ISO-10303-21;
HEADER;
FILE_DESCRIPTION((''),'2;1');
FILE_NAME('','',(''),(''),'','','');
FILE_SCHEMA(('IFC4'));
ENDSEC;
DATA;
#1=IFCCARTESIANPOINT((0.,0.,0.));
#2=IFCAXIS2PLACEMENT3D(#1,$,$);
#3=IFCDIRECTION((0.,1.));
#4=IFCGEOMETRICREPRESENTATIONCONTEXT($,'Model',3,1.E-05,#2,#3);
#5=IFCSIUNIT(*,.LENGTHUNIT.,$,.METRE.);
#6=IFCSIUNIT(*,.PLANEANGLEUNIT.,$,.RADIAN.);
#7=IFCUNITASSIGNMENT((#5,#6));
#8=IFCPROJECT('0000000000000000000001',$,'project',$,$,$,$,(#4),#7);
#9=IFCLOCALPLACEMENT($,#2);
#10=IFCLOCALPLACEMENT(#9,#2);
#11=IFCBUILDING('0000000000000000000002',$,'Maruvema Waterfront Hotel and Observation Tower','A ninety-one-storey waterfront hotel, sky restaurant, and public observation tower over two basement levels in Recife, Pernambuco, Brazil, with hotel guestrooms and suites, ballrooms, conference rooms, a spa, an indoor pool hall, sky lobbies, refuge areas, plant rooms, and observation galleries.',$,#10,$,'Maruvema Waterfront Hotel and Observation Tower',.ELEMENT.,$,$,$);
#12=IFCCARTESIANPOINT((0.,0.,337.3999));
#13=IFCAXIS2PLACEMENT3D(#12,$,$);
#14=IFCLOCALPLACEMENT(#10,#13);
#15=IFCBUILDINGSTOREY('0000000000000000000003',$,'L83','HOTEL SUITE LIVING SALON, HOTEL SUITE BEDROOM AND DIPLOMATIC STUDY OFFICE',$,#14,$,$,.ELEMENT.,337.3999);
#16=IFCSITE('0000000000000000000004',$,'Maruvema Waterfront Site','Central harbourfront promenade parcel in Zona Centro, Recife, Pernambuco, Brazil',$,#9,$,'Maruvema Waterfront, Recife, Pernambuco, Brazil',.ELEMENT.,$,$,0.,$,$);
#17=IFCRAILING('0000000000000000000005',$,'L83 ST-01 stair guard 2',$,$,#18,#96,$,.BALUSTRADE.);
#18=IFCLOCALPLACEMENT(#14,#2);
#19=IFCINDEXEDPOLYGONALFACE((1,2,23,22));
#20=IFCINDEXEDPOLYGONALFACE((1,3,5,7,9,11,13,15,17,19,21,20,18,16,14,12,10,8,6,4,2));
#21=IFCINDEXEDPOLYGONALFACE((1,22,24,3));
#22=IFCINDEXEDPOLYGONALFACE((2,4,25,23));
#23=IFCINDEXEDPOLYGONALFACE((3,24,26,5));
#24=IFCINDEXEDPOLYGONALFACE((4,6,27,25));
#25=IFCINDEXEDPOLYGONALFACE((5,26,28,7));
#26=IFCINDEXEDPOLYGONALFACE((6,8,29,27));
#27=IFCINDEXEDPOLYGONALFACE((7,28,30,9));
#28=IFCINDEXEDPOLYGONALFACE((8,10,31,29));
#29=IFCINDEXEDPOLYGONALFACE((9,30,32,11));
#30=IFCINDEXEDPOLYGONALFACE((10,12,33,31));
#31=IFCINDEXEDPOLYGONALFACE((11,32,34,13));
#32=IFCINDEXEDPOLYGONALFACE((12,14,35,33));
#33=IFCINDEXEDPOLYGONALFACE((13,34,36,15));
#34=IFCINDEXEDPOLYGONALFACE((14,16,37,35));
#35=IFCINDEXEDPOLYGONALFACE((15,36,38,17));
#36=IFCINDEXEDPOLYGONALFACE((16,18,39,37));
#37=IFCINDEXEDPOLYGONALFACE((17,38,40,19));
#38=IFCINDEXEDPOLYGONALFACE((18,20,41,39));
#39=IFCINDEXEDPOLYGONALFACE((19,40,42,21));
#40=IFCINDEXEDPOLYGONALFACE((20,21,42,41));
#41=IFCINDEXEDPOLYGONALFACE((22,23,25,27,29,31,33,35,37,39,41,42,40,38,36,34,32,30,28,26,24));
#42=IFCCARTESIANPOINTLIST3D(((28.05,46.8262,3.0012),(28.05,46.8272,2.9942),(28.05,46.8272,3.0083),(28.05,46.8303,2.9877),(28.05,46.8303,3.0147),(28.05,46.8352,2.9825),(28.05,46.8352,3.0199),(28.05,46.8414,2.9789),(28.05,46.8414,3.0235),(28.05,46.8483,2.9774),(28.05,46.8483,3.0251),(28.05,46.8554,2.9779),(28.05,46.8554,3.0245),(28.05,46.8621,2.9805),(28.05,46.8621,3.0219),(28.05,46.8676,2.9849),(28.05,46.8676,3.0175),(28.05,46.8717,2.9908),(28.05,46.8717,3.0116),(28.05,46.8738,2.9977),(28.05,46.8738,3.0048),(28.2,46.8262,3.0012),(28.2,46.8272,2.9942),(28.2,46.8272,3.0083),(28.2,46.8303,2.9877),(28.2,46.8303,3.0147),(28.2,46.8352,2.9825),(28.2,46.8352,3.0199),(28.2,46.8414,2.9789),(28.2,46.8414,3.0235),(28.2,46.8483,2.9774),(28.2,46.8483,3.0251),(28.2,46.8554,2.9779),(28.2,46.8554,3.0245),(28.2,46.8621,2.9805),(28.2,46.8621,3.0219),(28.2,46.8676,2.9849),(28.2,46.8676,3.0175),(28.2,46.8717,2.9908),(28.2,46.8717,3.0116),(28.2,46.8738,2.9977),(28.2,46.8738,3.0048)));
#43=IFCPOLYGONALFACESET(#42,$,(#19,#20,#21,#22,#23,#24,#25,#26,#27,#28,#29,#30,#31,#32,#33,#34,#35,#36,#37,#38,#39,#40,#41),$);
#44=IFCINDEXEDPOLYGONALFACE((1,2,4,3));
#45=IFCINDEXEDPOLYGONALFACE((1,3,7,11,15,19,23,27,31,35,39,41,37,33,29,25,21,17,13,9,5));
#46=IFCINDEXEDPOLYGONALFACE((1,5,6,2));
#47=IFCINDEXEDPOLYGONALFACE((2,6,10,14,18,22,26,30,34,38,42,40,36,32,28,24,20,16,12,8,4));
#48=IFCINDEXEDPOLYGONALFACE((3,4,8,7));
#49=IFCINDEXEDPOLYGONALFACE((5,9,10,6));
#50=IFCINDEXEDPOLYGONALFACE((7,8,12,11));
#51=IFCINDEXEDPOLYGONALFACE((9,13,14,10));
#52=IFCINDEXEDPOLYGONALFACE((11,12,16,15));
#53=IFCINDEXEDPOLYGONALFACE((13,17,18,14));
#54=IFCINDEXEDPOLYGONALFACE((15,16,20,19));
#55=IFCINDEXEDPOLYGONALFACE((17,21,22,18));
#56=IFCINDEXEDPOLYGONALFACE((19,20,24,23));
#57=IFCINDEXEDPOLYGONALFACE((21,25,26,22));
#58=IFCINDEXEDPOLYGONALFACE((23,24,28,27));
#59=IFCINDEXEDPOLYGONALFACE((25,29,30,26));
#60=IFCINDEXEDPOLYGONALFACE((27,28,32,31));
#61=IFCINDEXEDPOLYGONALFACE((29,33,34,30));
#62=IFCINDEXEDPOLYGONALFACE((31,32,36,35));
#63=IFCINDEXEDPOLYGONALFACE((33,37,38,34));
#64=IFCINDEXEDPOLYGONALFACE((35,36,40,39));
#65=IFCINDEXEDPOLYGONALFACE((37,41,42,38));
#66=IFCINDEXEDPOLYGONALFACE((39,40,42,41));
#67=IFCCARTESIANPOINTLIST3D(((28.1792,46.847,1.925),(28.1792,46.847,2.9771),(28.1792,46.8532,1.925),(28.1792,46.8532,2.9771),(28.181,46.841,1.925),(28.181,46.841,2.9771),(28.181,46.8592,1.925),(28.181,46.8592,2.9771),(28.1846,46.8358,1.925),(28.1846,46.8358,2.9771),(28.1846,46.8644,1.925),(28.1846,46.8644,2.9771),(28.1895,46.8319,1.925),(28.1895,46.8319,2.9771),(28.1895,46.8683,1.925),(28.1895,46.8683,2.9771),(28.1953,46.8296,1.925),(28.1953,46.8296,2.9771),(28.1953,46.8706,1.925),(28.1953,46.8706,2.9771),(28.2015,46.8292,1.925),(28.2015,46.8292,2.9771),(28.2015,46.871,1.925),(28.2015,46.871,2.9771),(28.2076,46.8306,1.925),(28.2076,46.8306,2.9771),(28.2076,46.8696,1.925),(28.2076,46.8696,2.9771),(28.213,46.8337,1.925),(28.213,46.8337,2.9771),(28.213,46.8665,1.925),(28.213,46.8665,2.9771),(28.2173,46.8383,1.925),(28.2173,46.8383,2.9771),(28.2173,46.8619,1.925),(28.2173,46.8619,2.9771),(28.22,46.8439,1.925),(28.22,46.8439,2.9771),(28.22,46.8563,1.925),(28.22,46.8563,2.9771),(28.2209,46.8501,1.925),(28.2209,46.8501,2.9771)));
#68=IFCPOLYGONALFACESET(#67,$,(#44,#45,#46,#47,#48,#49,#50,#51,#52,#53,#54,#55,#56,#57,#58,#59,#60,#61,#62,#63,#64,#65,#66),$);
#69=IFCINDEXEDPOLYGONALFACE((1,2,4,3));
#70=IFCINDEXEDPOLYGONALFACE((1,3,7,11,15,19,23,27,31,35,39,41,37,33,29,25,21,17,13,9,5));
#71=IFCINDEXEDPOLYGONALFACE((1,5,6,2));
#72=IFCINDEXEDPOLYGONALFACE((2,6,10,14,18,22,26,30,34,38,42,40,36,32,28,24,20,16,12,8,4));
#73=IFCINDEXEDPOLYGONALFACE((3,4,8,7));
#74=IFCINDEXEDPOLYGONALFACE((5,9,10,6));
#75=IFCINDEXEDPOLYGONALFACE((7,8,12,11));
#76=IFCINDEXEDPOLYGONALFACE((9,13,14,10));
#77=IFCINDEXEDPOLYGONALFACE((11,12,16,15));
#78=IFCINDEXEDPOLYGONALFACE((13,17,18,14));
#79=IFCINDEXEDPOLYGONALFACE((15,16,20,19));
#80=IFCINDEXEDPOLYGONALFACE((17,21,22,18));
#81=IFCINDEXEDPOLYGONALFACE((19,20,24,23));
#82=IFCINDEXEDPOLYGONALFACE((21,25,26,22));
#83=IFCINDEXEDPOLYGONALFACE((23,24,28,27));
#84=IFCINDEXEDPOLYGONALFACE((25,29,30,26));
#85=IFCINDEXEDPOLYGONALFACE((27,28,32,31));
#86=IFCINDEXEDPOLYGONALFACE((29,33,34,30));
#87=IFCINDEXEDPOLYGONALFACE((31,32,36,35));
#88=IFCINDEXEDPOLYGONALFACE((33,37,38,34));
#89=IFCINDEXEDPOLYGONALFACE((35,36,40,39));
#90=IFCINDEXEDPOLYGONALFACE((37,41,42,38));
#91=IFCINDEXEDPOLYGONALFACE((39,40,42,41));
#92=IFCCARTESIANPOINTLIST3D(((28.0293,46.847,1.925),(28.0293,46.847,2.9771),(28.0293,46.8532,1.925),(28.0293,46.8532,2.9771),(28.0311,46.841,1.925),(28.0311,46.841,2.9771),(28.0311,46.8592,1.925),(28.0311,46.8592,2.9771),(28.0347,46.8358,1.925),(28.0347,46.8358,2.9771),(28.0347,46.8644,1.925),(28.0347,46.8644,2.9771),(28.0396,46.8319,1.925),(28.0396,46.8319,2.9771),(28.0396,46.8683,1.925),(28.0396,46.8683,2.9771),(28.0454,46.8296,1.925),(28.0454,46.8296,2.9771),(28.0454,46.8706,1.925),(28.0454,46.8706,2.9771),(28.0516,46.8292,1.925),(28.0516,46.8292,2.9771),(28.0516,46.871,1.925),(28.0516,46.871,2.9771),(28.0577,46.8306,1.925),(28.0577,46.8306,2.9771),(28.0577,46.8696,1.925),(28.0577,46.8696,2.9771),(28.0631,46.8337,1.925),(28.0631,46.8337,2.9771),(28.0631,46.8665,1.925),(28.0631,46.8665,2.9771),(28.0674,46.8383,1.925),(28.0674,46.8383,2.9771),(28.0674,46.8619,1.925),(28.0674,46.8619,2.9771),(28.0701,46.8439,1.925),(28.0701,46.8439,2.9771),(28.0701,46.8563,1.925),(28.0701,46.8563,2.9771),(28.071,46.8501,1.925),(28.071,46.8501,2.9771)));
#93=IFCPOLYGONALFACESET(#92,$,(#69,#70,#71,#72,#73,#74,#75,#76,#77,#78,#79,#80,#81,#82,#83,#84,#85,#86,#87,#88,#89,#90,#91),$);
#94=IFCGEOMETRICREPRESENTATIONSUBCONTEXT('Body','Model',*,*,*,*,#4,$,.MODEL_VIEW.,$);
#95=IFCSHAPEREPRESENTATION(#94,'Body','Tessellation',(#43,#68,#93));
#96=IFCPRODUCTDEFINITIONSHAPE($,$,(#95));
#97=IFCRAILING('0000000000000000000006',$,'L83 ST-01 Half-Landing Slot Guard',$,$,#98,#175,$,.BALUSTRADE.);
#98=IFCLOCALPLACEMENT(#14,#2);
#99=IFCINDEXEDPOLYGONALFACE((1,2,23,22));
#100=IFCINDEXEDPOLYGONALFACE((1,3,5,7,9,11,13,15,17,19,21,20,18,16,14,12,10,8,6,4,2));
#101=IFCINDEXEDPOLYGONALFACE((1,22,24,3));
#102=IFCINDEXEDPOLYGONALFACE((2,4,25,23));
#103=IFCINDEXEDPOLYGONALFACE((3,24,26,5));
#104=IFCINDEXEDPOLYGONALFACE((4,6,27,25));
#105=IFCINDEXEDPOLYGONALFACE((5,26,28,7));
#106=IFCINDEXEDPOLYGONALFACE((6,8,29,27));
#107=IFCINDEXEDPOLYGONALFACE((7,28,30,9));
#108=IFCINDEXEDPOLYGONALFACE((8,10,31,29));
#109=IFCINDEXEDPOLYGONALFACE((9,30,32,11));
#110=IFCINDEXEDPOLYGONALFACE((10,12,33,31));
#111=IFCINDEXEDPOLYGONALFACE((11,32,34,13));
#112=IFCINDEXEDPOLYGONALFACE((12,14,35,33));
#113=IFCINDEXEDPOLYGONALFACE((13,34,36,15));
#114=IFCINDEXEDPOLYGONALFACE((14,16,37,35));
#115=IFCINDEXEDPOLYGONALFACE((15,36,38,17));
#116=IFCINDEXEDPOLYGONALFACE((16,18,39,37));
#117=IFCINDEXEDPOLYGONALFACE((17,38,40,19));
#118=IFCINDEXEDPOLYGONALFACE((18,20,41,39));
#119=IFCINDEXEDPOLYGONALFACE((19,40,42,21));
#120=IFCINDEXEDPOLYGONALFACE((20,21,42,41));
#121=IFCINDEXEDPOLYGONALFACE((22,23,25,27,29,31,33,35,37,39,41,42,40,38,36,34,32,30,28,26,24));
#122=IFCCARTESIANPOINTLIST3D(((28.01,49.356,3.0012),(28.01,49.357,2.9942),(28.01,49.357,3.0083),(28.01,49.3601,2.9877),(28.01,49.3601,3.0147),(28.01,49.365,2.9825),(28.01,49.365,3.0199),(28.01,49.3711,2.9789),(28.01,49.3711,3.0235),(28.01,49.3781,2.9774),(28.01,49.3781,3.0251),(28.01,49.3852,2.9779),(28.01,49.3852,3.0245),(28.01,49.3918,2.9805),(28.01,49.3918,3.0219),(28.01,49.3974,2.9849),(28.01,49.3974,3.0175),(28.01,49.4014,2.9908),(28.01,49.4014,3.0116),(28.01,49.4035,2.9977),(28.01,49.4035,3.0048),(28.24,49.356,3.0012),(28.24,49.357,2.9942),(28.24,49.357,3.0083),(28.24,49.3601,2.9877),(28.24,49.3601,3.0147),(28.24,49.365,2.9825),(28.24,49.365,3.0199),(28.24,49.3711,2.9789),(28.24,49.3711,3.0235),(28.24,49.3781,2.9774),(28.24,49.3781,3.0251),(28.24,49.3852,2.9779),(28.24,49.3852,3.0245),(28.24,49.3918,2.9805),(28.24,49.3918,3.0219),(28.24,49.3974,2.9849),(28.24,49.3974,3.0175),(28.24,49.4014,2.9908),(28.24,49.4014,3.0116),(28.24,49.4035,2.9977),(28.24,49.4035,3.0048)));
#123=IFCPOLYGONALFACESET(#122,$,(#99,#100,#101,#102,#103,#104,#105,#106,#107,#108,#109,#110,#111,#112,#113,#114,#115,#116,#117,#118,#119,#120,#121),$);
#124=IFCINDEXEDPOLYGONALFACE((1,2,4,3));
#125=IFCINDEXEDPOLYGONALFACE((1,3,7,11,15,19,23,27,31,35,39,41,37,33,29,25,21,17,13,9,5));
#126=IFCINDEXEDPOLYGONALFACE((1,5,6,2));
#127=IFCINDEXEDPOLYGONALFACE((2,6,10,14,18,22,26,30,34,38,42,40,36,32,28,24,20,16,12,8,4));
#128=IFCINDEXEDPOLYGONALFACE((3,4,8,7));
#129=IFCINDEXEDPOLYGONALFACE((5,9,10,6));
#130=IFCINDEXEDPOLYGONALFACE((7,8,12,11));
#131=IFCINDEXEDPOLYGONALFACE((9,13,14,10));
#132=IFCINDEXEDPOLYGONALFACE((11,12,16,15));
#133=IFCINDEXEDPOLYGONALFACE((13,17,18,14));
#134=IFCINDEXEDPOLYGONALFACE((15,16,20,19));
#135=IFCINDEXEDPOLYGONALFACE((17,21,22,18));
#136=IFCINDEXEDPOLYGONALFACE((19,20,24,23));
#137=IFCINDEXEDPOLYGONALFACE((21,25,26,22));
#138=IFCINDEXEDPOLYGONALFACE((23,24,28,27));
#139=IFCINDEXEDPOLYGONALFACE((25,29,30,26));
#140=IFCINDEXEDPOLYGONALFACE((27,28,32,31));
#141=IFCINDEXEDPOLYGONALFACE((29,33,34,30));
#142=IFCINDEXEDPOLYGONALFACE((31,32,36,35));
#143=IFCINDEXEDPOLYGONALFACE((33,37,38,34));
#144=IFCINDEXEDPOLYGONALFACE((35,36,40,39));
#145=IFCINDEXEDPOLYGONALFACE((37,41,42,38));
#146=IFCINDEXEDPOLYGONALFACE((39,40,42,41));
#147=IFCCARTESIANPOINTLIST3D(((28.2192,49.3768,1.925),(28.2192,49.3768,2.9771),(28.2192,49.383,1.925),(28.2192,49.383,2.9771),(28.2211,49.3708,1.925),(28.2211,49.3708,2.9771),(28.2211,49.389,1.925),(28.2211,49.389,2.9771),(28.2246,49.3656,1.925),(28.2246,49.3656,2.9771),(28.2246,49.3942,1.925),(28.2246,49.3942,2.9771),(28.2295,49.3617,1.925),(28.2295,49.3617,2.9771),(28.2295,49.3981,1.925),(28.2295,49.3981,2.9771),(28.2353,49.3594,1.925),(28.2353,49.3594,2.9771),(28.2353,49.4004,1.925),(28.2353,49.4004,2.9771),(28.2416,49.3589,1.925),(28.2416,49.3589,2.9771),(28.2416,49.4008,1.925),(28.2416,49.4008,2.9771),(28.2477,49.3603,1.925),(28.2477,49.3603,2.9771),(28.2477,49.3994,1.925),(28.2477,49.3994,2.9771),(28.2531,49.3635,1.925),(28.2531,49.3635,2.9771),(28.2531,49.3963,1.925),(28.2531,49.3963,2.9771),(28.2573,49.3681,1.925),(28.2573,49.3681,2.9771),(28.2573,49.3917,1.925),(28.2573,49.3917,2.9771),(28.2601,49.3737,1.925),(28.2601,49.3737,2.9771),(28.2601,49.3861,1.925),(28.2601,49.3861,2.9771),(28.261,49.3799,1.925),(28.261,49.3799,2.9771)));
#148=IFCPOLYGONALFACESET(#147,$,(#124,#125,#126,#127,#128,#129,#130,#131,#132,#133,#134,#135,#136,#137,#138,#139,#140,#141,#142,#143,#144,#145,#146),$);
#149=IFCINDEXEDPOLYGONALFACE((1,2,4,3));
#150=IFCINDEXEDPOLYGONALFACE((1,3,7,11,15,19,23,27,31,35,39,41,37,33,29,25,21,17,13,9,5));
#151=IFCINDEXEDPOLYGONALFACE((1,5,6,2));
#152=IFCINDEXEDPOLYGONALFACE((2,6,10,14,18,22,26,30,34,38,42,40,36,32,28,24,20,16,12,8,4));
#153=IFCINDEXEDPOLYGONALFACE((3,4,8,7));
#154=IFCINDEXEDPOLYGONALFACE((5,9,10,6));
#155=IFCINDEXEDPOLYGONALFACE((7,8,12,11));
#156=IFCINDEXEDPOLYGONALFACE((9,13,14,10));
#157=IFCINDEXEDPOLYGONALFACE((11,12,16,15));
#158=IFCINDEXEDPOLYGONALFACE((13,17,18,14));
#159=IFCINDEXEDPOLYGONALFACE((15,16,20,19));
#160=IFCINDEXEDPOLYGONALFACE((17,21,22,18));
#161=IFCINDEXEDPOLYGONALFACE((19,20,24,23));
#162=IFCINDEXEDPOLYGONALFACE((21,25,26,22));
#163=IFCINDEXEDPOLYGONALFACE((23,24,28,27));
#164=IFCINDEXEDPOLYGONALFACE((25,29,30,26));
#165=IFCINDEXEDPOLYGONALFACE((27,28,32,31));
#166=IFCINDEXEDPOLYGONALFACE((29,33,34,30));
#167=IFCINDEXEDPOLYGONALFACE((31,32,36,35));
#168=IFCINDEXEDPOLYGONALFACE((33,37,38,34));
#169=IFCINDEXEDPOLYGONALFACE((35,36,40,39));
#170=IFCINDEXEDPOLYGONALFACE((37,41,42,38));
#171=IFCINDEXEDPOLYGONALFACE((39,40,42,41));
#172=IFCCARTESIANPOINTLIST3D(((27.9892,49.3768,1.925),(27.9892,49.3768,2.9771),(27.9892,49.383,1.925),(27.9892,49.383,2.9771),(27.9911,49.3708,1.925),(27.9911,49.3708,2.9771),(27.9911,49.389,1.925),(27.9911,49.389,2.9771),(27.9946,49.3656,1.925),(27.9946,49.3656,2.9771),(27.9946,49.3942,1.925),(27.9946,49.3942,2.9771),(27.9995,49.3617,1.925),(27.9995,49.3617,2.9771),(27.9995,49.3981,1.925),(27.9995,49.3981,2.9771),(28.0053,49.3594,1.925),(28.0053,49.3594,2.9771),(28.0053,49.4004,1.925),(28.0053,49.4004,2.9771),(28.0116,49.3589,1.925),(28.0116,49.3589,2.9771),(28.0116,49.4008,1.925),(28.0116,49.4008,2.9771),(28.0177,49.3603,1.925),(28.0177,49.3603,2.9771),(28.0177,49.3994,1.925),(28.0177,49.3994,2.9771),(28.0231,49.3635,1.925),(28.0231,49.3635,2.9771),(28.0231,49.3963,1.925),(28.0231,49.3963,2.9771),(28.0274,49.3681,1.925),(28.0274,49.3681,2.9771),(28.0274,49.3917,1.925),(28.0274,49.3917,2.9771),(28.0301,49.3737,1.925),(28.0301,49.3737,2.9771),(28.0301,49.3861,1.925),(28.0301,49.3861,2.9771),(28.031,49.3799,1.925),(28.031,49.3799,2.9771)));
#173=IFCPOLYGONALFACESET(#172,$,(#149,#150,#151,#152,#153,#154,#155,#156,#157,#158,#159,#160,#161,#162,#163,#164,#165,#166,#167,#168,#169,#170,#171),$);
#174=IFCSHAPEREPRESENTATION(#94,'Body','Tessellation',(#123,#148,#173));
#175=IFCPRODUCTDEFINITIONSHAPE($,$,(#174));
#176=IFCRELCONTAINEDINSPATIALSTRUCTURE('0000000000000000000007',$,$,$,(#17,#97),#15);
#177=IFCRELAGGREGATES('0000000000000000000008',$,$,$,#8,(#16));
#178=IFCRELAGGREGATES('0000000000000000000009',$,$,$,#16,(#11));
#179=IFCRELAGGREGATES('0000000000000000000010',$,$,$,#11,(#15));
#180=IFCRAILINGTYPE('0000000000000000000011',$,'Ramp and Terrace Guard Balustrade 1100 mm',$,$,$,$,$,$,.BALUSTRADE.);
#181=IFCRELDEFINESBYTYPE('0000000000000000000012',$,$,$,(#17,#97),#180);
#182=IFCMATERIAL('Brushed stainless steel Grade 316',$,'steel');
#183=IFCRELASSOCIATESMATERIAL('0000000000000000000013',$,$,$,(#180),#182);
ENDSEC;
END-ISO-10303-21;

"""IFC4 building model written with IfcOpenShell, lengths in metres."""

from ifc_helpers import new_model, si_unit, direction, frame, origin, origin_2d, place, context, subcontext, project, spatial, circle, extrude, material, type_object, element, save


model = new_model("IFC4")

# Units and contexts
model_context = context("Model", 3, precision=1e-05, world=origin(), true_north=direction((0.0, 1.0)))
body_context = subcontext(model_context, "Body", "Model", "MODEL_VIEW")
ifc_project = project(units=[si_unit("LENGTHUNIT", "METRE"), si_unit("PLANEANGLEUNIT", "RADIAN")], contexts=[model_context])

# Site, building, storey
site_placement = place(None, origin())
site = spatial("IfcSite", under=ifc_project, at=site_placement, Name="Maruvema Waterfront Site", Description="Central harbourfront promenade parcel in Zona Centro, Recife, Pernambuco, Brazil", LongName="Maruvema Waterfront, Recife, Pernambuco, Brazil", CompositionType="ELEMENT", RefElevation=0.0)
building_placement = place(site_placement, origin())
building = spatial("IfcBuilding", under=site, at=building_placement, Name="Maruvema Waterfront Hotel and Observation Tower", Description="A ninety-one-storey waterfront hotel, sky restaurant, and public observation tower over two basement levels in Recife, Pernambuco, Brazil, with hotel guestrooms and suites, ballrooms, conference rooms, a spa, an indoor pool hall, sky lobbies, refuge areas, plant rooms, and observation galleries.", LongName="Maruvema Waterfront Hotel and Observation Tower", CompositionType="ELEMENT")
storey_placement = place(building_placement, frame((0.0, 0.0, 337.3999)))
storey = spatial("IfcBuildingStorey", under=building, at=storey_placement, Name="L83", Description="HOTEL SUITE LIVING SALON, HOTEL SUITE BEDROOM AND DIPLOMATIC STUDY OFFICE", CompositionType="ELEMENT", Elevation=337.3999)

# Railings
ifc_material_1 = material(Name="Brushed stainless steel Grade 316", Category="steel")
railing_type_1 = type_object("IfcRailingType", Name="Ramp and Terrace Guard Balustrade 1100 mm", PredefinedType="BALUSTRADE", material=ifc_material_1)
railing_1_placement = place(storey_placement, frame((28.2, 46.8501, 1.925)))
element("IfcRailing", 1, at=railing_1_placement, inside=storey, type_object=railing_type_1, Name="L83 ST-01 stair guard 2", PredefinedType="BALUSTRADE", context=body_context, shape_type="SweptSolid", body=[
    extrude(circle(Radius=0.0239, at=origin_2d()), frame((0.0, 0.0, 1.0762), z_axis=(-1.0, 0.0, 0.0), x_axis=(0.0, -1.0, 0.0)), (0.0, 0.0, 1.0), 0.1499),
    extrude(circle(Radius=0.021, at=origin_2d()), origin(), (0.0, 0.0, 1.0), 1.052),
    extrude(circle(Radius=0.021, at=origin_2d()), frame((-0.1499, 0.0, 0.0)), (0.0, 0.0, 1.0), 1.052),
])
railing_2_placement = place(storey_placement, frame((28.24, 49.3799, 1.925)))
element("IfcRailing", 2, at=railing_2_placement, inside=storey, type_object=railing_type_1, Name="L83 ST-01 Half-Landing Slot Guard", PredefinedType="BALUSTRADE", context=body_context, shape_type="SweptSolid", body=[
    extrude(circle(Radius=0.0239, at=origin_2d()), frame((0.0, 0.0, 1.0762), z_axis=(-1.0, 0.0, 0.0), x_axis=(0.0, -1.0, 0.0)), (0.0, 0.0, 1.0), 0.23),
    extrude(circle(Radius=0.021, at=origin_2d()), origin(), (0.0, 0.0, 1.0), 1.052),
    extrude(circle(Radius=0.021, at=origin_2d()), frame((-0.23, 0.0, 0.0)), (0.0, 0.0, 1.0), 1.052),
])

save(model, "model.ifc")
